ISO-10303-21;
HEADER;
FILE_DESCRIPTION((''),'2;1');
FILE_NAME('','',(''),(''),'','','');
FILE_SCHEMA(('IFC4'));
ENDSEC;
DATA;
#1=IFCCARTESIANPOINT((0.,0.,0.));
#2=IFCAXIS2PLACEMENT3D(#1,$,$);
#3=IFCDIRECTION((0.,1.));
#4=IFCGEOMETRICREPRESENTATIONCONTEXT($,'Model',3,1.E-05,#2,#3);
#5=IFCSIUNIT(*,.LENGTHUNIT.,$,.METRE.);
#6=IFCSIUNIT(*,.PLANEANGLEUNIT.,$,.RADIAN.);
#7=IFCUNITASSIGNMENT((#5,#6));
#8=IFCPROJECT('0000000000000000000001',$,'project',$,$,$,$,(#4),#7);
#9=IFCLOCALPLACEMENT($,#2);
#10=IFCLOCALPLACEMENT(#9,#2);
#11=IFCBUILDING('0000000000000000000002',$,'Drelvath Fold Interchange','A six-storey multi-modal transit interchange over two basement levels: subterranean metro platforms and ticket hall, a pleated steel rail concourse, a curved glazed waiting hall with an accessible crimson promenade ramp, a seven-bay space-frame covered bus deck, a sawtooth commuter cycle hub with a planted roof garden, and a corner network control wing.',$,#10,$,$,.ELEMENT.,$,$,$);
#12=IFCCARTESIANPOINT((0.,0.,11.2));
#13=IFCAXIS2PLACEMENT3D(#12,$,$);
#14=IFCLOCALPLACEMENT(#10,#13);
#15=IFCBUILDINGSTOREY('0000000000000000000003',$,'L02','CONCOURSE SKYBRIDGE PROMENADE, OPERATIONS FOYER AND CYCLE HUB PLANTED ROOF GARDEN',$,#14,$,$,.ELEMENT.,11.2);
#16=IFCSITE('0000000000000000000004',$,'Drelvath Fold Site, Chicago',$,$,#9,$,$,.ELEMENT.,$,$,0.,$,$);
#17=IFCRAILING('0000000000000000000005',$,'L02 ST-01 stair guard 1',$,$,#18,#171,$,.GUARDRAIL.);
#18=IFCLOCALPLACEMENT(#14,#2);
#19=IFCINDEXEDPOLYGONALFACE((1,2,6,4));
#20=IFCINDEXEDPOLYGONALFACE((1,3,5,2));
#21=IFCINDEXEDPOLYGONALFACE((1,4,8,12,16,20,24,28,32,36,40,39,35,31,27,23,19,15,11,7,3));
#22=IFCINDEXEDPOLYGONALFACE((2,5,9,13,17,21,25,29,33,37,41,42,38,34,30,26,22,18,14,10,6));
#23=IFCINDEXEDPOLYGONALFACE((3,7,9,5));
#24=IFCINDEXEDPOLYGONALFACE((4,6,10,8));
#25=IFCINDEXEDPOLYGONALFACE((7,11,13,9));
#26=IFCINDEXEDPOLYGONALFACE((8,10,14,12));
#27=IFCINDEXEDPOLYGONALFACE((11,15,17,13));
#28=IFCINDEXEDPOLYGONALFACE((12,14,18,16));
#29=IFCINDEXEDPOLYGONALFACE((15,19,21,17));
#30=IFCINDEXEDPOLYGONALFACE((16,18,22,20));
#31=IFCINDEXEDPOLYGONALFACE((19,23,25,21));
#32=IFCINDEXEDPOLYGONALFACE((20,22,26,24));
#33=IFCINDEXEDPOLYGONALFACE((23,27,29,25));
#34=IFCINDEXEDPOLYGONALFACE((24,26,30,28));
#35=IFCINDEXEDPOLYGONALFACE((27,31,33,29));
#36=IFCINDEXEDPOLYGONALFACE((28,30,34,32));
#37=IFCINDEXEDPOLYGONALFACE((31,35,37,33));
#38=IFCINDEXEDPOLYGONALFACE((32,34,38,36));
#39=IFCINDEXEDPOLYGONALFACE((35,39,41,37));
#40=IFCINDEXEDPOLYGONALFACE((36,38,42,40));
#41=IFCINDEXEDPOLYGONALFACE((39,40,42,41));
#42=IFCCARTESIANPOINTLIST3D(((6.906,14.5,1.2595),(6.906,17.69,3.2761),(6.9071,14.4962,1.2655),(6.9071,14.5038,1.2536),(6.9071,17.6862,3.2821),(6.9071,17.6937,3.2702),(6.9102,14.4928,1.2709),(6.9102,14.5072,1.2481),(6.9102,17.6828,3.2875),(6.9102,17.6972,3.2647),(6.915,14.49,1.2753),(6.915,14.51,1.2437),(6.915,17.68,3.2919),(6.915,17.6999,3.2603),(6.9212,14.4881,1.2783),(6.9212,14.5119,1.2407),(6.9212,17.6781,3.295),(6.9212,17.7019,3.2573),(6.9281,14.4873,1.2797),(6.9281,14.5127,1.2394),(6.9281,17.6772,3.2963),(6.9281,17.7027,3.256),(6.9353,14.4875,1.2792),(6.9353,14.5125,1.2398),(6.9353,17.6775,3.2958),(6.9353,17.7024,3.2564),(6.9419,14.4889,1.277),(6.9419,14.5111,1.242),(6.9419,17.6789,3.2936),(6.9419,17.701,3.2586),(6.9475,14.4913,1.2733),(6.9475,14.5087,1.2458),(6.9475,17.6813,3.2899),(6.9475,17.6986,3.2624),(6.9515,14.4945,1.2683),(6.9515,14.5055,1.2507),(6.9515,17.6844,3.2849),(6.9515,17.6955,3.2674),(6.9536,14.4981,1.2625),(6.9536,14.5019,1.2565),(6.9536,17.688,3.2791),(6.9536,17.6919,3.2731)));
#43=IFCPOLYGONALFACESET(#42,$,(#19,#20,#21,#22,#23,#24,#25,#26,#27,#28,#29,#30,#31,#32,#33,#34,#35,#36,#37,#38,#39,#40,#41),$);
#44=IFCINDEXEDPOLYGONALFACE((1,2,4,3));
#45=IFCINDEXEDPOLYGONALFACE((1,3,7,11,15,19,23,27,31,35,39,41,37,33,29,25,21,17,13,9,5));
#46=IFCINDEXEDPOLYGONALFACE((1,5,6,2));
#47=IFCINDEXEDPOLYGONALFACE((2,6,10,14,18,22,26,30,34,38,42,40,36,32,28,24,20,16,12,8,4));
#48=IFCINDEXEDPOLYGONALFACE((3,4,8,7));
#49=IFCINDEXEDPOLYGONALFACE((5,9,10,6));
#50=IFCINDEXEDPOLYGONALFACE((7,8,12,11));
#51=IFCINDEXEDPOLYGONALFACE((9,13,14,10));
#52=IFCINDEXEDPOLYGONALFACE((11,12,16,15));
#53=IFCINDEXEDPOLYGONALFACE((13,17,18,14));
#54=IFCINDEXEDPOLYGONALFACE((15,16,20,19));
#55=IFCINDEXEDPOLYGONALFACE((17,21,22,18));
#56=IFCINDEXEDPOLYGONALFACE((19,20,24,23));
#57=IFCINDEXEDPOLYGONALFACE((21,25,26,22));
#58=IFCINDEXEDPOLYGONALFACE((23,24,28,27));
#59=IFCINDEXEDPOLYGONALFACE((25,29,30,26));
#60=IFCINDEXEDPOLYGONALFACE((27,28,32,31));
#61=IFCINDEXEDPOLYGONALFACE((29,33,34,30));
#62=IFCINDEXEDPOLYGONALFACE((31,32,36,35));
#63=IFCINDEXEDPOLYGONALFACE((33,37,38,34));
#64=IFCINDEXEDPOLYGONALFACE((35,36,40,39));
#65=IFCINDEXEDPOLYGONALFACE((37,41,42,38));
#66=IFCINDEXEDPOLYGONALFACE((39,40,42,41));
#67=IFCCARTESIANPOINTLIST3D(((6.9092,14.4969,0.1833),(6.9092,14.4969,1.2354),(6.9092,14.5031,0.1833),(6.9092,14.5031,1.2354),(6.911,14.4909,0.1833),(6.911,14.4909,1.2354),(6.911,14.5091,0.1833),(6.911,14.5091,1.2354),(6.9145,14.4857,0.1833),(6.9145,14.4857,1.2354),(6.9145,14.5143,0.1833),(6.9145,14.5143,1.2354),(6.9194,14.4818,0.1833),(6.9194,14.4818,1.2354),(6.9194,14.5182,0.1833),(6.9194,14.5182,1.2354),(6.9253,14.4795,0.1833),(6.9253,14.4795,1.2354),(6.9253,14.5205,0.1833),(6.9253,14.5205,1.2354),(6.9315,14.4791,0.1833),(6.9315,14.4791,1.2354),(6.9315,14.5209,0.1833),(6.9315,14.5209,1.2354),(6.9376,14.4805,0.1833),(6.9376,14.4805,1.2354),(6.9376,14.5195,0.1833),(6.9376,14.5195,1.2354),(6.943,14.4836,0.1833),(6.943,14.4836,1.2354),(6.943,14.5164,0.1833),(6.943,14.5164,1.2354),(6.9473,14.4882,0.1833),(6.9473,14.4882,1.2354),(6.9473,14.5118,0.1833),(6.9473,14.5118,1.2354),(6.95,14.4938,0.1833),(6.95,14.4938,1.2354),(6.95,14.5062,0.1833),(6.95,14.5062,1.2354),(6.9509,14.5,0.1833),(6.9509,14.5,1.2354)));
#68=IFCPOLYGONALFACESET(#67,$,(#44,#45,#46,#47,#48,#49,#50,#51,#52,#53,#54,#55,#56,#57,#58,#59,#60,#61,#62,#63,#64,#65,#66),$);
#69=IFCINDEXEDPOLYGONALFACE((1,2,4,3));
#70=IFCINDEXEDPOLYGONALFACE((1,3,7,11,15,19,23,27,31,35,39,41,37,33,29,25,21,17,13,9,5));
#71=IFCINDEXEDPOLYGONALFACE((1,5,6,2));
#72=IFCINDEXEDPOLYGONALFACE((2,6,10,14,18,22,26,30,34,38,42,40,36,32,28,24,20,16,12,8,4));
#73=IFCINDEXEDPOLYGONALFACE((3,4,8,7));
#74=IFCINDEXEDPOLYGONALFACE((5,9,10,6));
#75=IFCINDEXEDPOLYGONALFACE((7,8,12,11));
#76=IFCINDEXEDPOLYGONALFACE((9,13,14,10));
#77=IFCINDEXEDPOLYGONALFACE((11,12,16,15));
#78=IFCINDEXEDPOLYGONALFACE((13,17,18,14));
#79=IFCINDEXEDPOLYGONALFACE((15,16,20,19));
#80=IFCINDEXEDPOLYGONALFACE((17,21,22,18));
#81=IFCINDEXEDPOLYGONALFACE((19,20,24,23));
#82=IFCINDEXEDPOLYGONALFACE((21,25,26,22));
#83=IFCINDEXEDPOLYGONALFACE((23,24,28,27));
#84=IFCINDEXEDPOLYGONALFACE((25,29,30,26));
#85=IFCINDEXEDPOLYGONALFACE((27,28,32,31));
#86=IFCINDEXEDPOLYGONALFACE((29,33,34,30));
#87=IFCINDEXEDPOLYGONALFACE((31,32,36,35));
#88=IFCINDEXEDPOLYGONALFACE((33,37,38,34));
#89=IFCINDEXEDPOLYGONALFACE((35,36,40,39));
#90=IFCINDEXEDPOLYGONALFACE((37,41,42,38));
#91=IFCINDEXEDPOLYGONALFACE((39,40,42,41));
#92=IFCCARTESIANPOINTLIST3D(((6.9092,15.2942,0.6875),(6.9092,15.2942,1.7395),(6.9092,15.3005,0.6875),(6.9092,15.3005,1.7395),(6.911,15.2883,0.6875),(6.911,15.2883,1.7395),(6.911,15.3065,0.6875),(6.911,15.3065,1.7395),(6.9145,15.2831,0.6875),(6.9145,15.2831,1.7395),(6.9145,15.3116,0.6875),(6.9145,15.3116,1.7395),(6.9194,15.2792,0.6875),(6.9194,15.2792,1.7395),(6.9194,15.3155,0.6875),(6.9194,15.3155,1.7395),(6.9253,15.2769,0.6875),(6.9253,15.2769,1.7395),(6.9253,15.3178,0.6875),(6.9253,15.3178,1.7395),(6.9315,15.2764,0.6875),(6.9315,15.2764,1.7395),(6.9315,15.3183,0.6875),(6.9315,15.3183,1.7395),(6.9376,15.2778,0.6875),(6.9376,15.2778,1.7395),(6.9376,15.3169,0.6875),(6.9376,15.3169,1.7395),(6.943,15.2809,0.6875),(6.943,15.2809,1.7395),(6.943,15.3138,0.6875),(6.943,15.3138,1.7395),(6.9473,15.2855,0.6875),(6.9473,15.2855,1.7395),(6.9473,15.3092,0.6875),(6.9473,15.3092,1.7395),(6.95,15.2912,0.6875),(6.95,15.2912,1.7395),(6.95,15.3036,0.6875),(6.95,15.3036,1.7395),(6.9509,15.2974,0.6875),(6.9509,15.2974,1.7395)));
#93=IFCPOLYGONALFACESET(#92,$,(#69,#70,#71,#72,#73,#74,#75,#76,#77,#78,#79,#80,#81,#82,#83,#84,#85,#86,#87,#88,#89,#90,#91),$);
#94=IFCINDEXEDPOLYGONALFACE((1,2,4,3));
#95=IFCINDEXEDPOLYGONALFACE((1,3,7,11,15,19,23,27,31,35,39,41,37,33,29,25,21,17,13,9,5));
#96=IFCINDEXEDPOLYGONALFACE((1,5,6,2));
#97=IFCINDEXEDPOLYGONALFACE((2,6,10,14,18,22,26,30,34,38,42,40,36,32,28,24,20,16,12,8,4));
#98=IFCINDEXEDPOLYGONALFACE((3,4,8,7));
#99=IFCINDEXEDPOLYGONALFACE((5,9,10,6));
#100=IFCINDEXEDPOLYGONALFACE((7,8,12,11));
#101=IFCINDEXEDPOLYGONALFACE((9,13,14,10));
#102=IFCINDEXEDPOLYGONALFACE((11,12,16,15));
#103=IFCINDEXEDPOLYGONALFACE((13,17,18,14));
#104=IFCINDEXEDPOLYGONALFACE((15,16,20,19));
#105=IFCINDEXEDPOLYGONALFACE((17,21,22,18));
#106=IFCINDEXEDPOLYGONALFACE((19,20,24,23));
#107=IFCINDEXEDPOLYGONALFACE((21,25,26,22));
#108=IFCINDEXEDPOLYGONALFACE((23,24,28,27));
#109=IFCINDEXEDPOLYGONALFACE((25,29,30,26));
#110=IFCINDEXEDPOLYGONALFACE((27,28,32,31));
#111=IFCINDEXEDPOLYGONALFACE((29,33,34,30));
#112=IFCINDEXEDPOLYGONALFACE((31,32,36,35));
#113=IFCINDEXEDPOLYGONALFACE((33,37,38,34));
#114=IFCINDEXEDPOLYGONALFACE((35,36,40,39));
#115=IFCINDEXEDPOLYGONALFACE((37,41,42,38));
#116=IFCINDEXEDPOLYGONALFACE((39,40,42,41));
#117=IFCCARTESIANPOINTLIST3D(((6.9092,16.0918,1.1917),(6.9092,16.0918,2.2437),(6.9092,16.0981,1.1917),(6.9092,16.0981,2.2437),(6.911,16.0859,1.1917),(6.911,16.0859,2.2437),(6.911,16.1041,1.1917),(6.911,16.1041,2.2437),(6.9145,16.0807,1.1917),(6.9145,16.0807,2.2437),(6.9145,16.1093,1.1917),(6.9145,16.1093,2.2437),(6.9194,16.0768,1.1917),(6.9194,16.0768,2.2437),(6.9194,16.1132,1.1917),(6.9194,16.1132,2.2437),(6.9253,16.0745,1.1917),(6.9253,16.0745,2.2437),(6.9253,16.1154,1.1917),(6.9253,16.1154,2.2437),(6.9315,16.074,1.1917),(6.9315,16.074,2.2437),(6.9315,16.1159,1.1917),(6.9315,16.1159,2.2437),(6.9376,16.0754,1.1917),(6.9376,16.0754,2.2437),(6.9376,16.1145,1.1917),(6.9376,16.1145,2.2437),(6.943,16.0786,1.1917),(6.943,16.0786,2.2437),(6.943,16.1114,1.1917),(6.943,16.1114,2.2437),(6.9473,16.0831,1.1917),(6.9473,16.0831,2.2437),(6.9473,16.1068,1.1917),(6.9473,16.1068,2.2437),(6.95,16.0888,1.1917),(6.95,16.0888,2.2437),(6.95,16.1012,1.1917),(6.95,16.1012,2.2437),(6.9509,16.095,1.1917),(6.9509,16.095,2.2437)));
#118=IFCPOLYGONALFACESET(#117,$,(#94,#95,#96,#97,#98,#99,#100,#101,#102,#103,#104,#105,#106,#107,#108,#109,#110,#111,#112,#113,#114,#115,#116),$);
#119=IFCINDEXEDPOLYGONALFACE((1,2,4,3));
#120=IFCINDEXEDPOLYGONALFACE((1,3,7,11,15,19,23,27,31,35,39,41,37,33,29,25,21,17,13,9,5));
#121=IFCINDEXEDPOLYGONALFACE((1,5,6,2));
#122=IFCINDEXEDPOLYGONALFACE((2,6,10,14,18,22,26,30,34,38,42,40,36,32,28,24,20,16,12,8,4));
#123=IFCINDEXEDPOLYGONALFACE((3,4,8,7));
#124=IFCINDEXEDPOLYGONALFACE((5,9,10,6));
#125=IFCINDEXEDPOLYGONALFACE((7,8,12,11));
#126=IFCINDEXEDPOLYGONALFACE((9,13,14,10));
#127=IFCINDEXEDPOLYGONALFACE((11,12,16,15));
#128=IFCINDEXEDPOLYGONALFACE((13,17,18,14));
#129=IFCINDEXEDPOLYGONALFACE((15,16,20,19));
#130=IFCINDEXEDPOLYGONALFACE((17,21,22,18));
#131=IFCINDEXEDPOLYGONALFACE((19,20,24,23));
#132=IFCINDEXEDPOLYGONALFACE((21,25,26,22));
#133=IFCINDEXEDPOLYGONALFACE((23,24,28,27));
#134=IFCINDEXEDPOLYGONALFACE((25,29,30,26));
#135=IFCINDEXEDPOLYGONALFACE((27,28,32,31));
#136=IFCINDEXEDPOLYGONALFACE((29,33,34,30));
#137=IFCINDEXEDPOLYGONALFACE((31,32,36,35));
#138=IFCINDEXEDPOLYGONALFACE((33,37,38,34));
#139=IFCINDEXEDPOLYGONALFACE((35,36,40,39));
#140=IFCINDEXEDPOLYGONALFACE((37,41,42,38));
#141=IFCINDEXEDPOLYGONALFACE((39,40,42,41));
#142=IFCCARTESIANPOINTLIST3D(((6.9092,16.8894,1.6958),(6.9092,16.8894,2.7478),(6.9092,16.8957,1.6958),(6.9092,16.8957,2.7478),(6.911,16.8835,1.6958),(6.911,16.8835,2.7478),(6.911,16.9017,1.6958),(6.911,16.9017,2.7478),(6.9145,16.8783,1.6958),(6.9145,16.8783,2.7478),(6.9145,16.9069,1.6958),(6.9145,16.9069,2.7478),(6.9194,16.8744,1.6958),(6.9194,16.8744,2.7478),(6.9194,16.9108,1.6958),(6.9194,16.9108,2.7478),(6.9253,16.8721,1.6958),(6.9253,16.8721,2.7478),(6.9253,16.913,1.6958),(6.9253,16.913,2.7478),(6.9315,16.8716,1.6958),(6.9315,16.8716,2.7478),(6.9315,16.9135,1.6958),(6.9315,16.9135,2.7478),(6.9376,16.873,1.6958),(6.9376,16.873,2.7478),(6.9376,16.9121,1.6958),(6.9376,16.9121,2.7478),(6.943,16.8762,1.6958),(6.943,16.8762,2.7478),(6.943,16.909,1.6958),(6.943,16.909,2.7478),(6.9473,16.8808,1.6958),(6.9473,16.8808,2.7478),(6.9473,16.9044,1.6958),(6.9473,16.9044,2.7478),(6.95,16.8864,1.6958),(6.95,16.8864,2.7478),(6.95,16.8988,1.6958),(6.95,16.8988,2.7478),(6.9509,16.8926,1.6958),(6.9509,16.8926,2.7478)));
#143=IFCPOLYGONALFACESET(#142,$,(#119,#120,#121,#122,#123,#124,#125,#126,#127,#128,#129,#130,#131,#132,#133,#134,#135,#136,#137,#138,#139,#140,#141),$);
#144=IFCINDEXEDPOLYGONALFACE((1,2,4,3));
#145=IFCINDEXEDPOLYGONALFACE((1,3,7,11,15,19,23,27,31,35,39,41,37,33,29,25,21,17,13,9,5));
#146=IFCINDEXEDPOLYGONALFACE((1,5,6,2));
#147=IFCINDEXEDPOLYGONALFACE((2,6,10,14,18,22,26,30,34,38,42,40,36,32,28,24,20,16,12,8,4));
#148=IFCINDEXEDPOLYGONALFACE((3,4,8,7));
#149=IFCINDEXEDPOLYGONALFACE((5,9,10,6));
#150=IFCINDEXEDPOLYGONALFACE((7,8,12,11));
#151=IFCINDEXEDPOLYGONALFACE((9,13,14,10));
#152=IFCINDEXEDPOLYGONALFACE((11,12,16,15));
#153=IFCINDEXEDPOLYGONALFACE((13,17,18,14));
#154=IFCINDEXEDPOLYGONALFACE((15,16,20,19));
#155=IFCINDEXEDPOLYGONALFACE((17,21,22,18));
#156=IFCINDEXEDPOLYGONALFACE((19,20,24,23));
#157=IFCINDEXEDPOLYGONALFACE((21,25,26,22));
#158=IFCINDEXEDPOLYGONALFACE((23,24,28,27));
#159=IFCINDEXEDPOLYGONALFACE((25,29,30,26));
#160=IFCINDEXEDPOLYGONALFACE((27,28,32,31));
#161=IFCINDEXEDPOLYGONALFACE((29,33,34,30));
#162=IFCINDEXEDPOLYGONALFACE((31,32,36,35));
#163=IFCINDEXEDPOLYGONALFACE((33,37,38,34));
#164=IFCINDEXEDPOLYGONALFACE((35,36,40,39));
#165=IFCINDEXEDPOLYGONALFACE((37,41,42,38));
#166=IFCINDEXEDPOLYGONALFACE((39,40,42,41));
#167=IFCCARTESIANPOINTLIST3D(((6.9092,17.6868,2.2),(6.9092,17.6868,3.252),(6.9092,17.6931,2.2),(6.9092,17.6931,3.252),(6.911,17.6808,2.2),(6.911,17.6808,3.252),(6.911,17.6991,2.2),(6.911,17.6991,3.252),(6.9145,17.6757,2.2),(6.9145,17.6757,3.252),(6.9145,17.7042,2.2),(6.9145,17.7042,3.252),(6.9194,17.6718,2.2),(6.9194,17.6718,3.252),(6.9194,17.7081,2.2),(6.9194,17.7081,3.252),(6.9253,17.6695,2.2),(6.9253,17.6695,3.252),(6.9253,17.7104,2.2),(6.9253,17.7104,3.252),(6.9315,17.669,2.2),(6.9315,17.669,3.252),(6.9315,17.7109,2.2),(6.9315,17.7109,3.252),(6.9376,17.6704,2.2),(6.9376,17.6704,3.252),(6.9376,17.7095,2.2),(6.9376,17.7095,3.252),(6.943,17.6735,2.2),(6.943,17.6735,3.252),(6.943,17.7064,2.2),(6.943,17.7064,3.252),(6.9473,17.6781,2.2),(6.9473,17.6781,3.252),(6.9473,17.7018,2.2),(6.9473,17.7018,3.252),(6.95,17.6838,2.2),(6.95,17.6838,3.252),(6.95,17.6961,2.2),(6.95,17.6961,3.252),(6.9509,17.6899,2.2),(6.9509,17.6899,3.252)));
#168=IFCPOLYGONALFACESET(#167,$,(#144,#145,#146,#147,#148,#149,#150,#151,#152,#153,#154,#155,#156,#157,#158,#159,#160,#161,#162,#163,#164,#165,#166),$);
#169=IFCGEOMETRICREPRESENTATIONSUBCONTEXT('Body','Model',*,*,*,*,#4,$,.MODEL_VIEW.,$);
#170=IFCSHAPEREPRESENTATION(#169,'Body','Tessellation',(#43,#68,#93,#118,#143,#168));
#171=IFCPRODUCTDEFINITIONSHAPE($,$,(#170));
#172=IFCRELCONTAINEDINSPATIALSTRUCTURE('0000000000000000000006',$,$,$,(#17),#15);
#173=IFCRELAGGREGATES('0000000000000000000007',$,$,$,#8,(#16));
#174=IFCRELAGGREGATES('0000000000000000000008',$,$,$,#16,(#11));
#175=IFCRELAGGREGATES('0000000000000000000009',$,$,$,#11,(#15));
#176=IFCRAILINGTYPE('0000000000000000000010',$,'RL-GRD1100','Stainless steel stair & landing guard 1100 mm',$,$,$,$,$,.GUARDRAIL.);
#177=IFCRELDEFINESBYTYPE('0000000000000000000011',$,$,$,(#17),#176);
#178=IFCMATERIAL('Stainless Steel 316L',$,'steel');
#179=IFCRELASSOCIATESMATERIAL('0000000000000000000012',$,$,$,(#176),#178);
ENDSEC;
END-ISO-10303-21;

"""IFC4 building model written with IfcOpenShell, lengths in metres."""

from ifc_helpers import new_model, si_unit, direction, frame, origin, origin_2d, place, context, subcontext, project, spatial, circle, extrude, material, type_object, element, save


model = new_model("IFC4")

# Units and contexts
model_context = context("Model", 3, precision=1e-05, world=origin(), true_north=direction((0.0, 1.0)))
body_context = subcontext(model_context, "Body", "Model", "MODEL_VIEW")
ifc_project = project(units=[si_unit("LENGTHUNIT", "METRE"), si_unit("PLANEANGLEUNIT", "RADIAN")], contexts=[model_context])

# Site, building, storey
site_placement = place(None, origin())
site = spatial("IfcSite", under=ifc_project, at=site_placement, Name="Drelvath Fold Site, Chicago", CompositionType="ELEMENT", RefElevation=0.0)
building_placement = place(site_placement, origin())
building = spatial("IfcBuilding", under=site, at=building_placement, Name="Drelvath Fold Interchange", Description="A six-storey multi-modal transit interchange over two basement levels: subterranean metro platforms and ticket hall, a pleated steel rail concourse, a curved glazed waiting hall with an accessible crimson promenade ramp, a seven-bay space-frame covered bus deck, a sawtooth commuter cycle hub with a planted roof garden, and a corner network control wing.", CompositionType="ELEMENT")
storey_placement = place(building_placement, frame((0.0, 0.0, 11.2)))
storey = spatial("IfcBuildingStorey", under=building, at=storey_placement, Name="L02", Description="CONCOURSE SKYBRIDGE PROMENADE, OPERATIONS FOYER AND CYCLE HUB PLANTED ROOF GARDEN", CompositionType="ELEMENT", Elevation=11.2)

# Railing
ifc_material_1 = material(Name="Stainless Steel 316L", Category="steel")
railing_type_1 = type_object("IfcRailingType", Name="RL-GRD1100", Description="Stainless steel stair & landing guard 1100 mm", PredefinedType="GUARDRAIL", material=ifc_material_1)
railing_1_placement = place(storey_placement, frame((6.9299, 14.5, 0.1833)))
element("IfcRailing", 1, at=railing_1_placement, inside=storey, type_object=railing_type_1, Name="L02 ST-01 stair guard 1", PredefinedType="GUARDRAIL", context=body_context, shape_type="SweptSolid", body=[
    extrude(circle(Radius=0.0239, at=origin_2d()), frame((0.0, 0.0, 1.0762), z_axis=(0.0, 0.845261, 0.534353), x_axis=(-1.0, 0.0, 0.0)), (0.0, 0.0, 1.0), 3.7739),
    extrude(circle(Radius=0.021, at=origin_2d()), origin(), (0.0, 0.0, 1.0), 1.052),
    extrude(circle(Radius=0.021, at=origin_2d()), frame((0.0, 0.7974, 0.5042)), (0.0, 0.0, 1.0), 1.052),
    extrude(circle(Radius=0.021, at=origin_2d()), frame((0.0, 1.595, 1.0083)), (0.0, 0.0, 1.0), 1.052),
    extrude(circle(Radius=0.021, at=origin_2d()), frame((0.0, 2.3926, 1.5125)), (0.0, 0.0, 1.0), 1.052),
    extrude(circle(Radius=0.021, at=origin_2d()), frame((0.0, 3.1899, 2.0166)), (0.0, 0.0, 1.0), 1.052),
])

save(model, "model.ifc")
